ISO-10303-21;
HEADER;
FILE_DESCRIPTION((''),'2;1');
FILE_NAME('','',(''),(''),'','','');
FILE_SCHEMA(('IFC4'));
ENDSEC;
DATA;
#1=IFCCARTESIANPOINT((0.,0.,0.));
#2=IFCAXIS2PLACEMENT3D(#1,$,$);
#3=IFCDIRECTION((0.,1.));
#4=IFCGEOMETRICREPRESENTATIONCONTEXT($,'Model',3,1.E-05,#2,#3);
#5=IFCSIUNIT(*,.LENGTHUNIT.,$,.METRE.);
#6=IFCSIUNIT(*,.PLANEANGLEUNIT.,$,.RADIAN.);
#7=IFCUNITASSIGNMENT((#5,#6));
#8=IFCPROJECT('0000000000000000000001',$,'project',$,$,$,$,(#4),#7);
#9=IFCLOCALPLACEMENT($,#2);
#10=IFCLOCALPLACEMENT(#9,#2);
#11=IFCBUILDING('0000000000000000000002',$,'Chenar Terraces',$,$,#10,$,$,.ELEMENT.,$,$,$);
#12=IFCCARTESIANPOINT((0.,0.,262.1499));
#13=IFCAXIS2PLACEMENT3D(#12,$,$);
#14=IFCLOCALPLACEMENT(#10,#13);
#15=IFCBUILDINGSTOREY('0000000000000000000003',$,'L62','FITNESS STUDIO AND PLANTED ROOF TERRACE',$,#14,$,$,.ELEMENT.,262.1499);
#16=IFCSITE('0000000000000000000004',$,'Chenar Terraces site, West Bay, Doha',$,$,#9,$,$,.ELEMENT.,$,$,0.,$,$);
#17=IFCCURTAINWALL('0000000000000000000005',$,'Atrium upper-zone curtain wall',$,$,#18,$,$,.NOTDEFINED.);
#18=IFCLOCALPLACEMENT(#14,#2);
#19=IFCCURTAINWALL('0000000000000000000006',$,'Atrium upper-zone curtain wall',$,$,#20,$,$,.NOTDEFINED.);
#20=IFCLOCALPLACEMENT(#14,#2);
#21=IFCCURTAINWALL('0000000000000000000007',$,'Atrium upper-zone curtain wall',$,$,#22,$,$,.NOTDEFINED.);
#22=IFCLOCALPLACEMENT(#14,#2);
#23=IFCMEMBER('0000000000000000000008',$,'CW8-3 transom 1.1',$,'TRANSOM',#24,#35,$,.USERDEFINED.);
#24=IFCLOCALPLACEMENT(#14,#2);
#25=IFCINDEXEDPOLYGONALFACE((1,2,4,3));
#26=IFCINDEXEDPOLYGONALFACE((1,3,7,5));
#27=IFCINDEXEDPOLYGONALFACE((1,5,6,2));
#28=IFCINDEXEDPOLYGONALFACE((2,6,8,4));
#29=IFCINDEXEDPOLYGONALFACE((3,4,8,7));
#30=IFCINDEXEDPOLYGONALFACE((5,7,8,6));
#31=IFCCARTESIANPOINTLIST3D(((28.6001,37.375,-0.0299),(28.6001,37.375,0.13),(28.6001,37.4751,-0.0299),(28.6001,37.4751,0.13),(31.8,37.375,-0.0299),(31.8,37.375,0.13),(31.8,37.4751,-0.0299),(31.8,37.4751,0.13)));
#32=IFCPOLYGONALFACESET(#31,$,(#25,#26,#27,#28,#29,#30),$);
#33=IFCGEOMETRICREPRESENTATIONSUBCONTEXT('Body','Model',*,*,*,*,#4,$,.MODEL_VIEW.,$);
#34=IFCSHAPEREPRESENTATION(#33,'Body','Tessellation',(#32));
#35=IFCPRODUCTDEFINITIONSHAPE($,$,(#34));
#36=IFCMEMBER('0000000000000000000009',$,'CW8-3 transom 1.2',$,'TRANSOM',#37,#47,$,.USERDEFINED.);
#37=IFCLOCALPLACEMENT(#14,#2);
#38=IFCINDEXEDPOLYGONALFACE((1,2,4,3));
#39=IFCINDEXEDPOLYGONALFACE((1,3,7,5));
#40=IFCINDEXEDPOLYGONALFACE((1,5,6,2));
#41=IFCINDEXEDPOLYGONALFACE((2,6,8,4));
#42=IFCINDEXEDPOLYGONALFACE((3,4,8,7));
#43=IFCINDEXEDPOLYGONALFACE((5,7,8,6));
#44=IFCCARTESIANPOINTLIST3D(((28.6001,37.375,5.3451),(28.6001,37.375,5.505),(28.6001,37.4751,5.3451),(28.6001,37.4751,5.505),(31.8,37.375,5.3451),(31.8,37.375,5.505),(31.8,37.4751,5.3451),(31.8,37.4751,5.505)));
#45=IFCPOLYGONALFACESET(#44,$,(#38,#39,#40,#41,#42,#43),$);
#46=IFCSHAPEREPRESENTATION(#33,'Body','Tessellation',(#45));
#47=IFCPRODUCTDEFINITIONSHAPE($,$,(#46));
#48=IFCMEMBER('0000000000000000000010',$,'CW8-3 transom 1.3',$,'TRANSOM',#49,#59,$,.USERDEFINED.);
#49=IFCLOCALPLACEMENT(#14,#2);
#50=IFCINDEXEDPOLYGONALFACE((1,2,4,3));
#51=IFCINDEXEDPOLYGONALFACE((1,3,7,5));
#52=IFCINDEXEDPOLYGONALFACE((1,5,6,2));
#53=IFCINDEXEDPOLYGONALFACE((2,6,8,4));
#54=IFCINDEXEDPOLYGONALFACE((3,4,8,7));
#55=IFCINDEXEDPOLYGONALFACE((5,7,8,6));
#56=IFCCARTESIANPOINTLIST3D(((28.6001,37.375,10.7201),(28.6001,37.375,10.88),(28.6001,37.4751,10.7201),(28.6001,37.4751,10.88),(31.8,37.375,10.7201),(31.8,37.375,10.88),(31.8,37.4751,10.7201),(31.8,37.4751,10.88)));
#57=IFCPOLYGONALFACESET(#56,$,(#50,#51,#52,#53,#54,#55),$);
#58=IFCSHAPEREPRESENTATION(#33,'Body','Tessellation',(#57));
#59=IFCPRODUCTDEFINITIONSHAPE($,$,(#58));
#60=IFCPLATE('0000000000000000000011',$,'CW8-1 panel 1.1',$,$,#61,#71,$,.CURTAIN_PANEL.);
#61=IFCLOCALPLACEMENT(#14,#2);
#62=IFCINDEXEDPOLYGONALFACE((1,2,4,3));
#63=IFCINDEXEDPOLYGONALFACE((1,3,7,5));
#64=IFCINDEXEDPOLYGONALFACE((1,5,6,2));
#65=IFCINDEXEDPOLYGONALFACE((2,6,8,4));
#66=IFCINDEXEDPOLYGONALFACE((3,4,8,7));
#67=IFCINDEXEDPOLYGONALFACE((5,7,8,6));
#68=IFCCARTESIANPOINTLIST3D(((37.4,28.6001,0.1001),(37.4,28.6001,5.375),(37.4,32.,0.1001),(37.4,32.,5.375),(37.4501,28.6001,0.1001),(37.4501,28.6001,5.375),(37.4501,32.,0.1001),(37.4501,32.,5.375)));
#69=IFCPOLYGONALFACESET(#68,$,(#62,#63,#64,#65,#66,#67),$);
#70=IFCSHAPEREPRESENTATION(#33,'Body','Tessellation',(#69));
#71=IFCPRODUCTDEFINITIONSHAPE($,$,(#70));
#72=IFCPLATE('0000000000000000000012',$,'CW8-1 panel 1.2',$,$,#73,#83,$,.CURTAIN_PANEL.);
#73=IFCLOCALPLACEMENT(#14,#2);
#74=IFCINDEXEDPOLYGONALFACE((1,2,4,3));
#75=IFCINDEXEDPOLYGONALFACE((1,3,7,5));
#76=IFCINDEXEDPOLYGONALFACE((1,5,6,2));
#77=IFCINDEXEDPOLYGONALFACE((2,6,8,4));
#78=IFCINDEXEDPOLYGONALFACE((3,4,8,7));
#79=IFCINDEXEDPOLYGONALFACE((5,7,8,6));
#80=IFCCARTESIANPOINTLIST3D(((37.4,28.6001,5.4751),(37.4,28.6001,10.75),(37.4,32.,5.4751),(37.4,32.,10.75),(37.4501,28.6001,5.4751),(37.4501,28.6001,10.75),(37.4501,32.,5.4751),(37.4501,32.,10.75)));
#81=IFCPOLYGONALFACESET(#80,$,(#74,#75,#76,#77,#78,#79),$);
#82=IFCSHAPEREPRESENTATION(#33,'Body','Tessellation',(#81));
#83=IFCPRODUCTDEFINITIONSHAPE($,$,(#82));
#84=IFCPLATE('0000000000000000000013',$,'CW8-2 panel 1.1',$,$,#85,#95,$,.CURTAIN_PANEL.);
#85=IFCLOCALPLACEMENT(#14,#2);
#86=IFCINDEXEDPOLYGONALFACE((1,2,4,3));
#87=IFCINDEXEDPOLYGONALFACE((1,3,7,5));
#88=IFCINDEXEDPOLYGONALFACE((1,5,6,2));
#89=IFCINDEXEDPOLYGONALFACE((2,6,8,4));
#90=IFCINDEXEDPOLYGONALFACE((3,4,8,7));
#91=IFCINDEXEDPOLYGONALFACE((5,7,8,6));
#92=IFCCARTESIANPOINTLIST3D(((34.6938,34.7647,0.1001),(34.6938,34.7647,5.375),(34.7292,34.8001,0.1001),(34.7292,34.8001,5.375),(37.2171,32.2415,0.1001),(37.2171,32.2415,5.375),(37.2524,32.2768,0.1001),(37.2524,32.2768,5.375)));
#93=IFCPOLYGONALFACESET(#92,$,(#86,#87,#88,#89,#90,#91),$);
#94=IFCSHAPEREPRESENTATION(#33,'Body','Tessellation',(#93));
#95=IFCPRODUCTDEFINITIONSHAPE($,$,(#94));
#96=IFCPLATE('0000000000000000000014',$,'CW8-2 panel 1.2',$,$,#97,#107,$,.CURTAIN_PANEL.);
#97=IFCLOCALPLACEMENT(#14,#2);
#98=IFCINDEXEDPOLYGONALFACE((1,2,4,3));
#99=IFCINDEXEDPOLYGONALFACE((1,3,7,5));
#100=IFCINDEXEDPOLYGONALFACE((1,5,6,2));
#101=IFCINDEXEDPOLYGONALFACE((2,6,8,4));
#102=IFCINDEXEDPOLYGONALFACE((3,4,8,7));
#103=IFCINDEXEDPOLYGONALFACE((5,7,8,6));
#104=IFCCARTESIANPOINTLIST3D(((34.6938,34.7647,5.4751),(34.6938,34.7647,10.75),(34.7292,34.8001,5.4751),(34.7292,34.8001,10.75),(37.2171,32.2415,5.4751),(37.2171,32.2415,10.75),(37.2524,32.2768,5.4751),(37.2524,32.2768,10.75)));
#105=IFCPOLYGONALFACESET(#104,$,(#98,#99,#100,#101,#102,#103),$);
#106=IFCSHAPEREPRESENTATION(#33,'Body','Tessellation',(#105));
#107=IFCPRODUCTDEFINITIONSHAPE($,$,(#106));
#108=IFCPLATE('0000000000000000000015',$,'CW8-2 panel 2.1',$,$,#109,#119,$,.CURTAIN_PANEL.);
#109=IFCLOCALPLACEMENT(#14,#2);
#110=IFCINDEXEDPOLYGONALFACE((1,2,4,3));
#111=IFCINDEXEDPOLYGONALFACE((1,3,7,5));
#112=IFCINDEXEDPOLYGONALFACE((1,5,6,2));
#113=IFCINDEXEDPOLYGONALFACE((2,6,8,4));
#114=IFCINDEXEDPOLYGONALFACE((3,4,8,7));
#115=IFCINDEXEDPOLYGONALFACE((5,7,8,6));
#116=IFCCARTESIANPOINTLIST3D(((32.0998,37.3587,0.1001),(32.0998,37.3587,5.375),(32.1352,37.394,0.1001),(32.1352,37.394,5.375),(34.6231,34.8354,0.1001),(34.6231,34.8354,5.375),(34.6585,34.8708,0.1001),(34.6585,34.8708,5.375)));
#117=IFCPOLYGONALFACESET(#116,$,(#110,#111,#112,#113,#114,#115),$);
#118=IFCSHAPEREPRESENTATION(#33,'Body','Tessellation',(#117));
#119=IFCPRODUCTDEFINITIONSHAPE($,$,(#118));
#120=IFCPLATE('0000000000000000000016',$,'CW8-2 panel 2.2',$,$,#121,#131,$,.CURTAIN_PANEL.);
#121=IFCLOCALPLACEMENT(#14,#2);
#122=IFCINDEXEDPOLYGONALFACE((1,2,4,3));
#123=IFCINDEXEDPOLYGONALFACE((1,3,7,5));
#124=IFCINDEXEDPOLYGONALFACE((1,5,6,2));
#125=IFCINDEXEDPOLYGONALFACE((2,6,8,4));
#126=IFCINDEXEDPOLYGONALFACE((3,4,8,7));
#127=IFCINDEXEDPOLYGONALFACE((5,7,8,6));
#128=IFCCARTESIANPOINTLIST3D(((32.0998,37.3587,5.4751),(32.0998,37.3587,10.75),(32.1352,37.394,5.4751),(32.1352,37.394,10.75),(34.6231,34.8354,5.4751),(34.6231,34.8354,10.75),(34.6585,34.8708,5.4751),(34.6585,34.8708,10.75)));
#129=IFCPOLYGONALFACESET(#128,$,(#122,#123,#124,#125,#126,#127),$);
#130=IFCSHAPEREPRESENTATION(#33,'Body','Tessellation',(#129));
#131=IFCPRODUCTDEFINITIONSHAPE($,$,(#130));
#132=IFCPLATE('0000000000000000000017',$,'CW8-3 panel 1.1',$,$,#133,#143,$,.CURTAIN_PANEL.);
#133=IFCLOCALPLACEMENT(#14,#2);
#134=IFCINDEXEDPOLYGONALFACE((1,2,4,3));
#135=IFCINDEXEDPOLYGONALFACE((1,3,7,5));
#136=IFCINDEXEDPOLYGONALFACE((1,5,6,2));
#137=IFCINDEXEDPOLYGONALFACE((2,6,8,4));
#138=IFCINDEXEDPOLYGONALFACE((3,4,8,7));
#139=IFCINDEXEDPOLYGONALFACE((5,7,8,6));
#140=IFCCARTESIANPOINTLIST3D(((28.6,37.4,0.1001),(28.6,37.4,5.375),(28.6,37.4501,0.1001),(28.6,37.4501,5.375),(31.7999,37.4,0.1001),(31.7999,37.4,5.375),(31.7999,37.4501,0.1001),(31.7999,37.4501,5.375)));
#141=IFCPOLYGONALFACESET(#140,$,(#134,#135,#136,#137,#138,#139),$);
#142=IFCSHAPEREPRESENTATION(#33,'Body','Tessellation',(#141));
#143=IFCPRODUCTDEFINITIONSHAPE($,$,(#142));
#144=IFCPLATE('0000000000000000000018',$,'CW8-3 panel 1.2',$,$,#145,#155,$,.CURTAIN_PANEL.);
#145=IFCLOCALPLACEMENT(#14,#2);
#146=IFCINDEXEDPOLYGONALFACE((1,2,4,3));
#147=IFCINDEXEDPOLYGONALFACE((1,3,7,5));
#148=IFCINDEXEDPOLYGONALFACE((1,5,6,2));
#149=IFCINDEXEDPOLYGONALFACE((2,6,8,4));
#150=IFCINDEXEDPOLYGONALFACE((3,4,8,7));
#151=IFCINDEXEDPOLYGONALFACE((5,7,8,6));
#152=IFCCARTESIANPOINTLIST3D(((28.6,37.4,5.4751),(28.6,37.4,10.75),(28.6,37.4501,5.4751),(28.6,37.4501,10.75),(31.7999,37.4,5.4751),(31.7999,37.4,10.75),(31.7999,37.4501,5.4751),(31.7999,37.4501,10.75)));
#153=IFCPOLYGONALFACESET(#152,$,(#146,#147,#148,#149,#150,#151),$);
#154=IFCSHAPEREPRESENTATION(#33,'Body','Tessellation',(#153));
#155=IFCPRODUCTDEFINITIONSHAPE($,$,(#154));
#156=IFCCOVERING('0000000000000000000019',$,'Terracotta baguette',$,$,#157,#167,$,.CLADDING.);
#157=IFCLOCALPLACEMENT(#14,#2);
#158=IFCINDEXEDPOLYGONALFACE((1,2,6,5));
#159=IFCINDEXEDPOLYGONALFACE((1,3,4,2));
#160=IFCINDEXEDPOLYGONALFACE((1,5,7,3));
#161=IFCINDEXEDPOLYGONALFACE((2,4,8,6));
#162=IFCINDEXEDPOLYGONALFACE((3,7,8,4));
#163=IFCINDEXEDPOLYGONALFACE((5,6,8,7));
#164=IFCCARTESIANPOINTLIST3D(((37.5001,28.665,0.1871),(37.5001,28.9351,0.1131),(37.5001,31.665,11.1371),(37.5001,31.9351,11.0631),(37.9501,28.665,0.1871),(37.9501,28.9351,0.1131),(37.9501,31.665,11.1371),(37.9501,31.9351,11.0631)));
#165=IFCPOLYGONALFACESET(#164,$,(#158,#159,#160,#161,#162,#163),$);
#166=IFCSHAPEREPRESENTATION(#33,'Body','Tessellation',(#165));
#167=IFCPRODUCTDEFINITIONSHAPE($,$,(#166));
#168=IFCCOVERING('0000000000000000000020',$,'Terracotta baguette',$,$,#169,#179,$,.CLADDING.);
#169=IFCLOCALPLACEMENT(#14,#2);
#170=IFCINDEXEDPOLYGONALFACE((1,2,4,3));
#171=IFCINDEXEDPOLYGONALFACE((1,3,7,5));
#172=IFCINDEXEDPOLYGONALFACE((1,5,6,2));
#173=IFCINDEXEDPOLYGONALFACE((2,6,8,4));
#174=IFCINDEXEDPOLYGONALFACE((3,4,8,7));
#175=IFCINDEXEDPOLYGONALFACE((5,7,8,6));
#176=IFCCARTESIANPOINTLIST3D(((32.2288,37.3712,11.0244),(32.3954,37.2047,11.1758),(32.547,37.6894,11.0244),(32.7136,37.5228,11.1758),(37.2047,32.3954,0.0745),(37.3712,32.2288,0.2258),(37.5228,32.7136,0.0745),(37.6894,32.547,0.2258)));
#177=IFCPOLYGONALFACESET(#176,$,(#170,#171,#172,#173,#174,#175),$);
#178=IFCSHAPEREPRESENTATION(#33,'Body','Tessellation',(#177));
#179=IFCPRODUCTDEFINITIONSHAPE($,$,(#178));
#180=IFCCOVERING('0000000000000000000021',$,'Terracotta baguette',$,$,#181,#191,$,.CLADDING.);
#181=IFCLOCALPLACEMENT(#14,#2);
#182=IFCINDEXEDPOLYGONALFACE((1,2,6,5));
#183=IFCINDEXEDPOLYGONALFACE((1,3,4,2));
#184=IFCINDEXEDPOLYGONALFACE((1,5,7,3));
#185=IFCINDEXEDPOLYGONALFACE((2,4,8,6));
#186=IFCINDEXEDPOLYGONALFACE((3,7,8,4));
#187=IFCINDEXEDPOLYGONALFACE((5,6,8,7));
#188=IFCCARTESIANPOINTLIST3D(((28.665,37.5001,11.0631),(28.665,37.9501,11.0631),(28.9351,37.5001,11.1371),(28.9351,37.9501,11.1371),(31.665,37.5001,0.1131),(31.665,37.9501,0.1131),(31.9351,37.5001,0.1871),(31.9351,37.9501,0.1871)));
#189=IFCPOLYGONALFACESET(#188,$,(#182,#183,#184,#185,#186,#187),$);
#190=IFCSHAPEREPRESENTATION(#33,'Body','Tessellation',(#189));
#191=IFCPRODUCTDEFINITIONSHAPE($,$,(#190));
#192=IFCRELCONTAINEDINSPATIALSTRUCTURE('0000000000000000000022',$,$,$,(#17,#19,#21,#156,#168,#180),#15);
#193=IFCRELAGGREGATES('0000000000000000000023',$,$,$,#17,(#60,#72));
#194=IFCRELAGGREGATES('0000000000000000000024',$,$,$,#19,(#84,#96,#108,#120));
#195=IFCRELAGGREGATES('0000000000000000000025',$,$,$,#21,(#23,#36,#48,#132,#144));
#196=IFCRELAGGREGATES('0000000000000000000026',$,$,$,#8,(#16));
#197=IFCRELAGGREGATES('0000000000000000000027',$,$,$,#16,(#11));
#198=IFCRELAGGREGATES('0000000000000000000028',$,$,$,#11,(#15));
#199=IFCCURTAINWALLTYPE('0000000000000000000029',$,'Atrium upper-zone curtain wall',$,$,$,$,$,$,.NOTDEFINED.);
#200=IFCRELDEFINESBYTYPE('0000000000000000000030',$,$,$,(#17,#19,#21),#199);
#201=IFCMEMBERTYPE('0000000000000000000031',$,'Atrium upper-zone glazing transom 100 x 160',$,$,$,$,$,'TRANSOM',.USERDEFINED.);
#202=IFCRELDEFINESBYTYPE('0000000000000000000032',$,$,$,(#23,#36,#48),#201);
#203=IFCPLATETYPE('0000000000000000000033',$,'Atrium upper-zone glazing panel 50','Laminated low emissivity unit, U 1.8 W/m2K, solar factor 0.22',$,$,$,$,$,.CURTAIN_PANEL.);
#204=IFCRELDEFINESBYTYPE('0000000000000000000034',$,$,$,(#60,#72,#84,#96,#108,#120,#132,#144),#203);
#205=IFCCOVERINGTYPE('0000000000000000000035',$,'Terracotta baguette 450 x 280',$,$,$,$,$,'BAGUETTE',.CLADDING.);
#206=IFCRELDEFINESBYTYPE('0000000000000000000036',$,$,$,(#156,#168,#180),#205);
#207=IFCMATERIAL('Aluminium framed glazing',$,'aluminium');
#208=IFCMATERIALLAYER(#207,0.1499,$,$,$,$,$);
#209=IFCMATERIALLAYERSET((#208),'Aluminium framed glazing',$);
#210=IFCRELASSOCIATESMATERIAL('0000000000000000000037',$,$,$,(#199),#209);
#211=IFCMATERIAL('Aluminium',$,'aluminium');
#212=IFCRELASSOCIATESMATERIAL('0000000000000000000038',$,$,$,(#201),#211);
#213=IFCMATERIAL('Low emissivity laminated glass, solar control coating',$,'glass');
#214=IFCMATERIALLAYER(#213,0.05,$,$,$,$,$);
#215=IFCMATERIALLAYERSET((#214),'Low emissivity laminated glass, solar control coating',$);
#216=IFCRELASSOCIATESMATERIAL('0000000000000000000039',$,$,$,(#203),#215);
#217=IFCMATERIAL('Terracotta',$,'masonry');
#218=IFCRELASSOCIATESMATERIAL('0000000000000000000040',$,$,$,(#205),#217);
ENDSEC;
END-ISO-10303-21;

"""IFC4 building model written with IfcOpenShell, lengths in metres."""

from ifc_helpers import new_model, si_unit, direction, frame, origin, origin_2d, place, context, subcontext, project, spatial, rectangle, extrude, material, layer, layer_set, material_profile, profile_set, type_object, element, aggregate, save


model = new_model("IFC4")

# Units and contexts
model_context = context("Model", 3, precision=1e-05, world=origin(), true_north=direction((0.0, 1.0)))
body_context = subcontext(model_context, "Body", "Model", "MODEL_VIEW")
ifc_project = project(units=[si_unit("LENGTHUNIT", "METRE"), si_unit("PLANEANGLEUNIT", "RADIAN")], contexts=[model_context])

# Site, building, storey
site_placement = place(None, origin())
site = spatial("IfcSite", under=ifc_project, at=site_placement, Name="Chenar Terraces site, West Bay, Doha", CompositionType="ELEMENT", RefElevation=0.0)
building_placement = place(site_placement, origin())
building = spatial("IfcBuilding", under=site, at=building_placement, Name="Chenar Terraces", CompositionType="ELEMENT")
storey_placement = place(building_placement, frame((0.0, 0.0, 262.1499)))
storey = spatial("IfcBuildingStorey", under=building, at=storey_placement, Name="L62", Description="FITNESS STUDIO AND PLANTED ROOF TERRACE", CompositionType="ELEMENT", Elevation=262.1499)

# Curtain wall
ifc_material_1 = material(Name="Aluminium framed glazing", Category="aluminium")
ifc_layer_1 = layer(ifc_material_1, 0.1499)
ifc_layer_set_1 = layer_set([ifc_layer_1], Name="Aluminium framed glazing")
curtain_wall_type = type_object("IfcCurtainWallType", Name="Atrium upper-zone curtain wall", PredefinedType="NOTDEFINED", material=ifc_layer_set_1)
placement = place(storey_placement, origin())
curtain_wall_1 = element("IfcCurtainWall", 1, at=placement, inside=storey, type_object=curtain_wall_type, Name="Atrium upper-zone curtain wall", PredefinedType="NOTDEFINED")

# Curtain walls
curtain_wall_2 = element("IfcCurtainWall", 2, at=placement, inside=storey, type_object=curtain_wall_type, Name="Atrium upper-zone curtain wall", PredefinedType="NOTDEFINED")
curtain_wall_3 = element("IfcCurtainWall", 3, at=placement, inside=storey, type_object=curtain_wall_type, Name="Atrium upper-zone curtain wall", PredefinedType="NOTDEFINED")

# Members
ifc_material_2 = material(Name="Aluminium", Category="aluminium")
ifc_material_profile_1 = material_profile(ifc_material_2, rectangle(XDim=0.1001, YDim=0.1599, at=origin_2d()), Name="Atrium upper-zone glazing transom 100 x 160")
ifc_profile_set_1 = profile_set([ifc_material_profile_1], Name="Aluminium")
member_type_1 = type_object("IfcMemberType", Name="Atrium upper-zone glazing transom 100 x 160", ElementType="TRANSOM", PredefinedType="USERDEFINED", material=ifc_profile_set_1)
member_1_placement = place(storey_placement, frame((31.8, 37.425, 0.05), z_axis=(-1.0, 0.0, 0.0), x_axis=(0.0, -1.0, 0.0)))
member_1 = element("IfcMember", 4, at=member_1_placement, type_object=member_type_1, Name="CW8-3 transom 1.1", ObjectType="TRANSOM", PredefinedType="USERDEFINED", context=body_context, shape_type="SweptSolid", body=[
    extrude(rectangle(XDim=0.1001, YDim=0.1599, at=origin_2d()), origin(), (0.0, 0.0, 1.0), 3.2),
])
member_2_placement = place(storey_placement, frame((31.8, 37.425, 5.425), z_axis=(-1.0, 0.0, 0.0), x_axis=(0.0, -1.0, 0.0)))
member_2 = element("IfcMember", 5, at=member_2_placement, type_object=member_type_1, Name="CW8-3 transom 1.2", ObjectType="TRANSOM", PredefinedType="USERDEFINED", context=body_context, shape_type="SweptSolid", body=[
    extrude(rectangle(XDim=0.1001, YDim=0.1599, at=origin_2d()), origin(), (0.0, 0.0, 1.0), 3.2),
])
member_3_placement = place(storey_placement, frame((31.8, 37.425, 10.8), z_axis=(-1.0, 0.0, 0.0), x_axis=(0.0, -1.0, 0.0)))
member_3 = element("IfcMember", 6, at=member_3_placement, type_object=member_type_1, Name="CW8-3 transom 1.3", ObjectType="TRANSOM", PredefinedType="USERDEFINED", context=body_context, shape_type="SweptSolid", body=[
    extrude(rectangle(XDim=0.1001, YDim=0.1599, at=origin_2d()), origin(), (0.0, 0.0, 1.0), 3.2),
])

# Plates
ifc_material_3 = material(Name="Low emissivity laminated glass, solar control coating", Category="glass")
ifc_layer_2 = layer(ifc_material_3, 0.05)
ifc_layer_set_2 = layer_set([ifc_layer_2], Name="Low emissivity laminated glass, solar control coating")
plate_type = type_object("IfcPlateType", Name="Atrium upper-zone glazing panel 50", Description="Laminated low emissivity unit, U 1.8 W/m2K, solar factor 0.22", PredefinedType="CURTAIN_PANEL", material=ifc_layer_set_2)
plate_1_placement = place(storey_placement, frame((37.425, 30.3, 0.1001), z_axis=(0.0, 0.0, 1.0), x_axis=(0.0, 1.0, 0.0)))
plate_1 = element("IfcPlate", 7, at=plate_1_placement, type_object=plate_type, Name="CW8-1 panel 1.1", PredefinedType="CURTAIN_PANEL", context=body_context, shape_type="SweptSolid", body=[
    extrude(rectangle(XDim=3.3999, YDim=0.05, at=origin_2d()), origin(), (0.0, 0.0, 1.0), 5.2749),
])
plate_2_placement = place(storey_placement, frame((37.425, 30.3, 5.4751), z_axis=(0.0, 0.0, 1.0), x_axis=(0.0, 1.0, 0.0)))
plate_2 = element("IfcPlate", 8, at=plate_2_placement, type_object=plate_type, Name="CW8-1 panel 1.2", PredefinedType="CURTAIN_PANEL", context=body_context, shape_type="SweptSolid", body=[
    extrude(rectangle(XDim=3.3999, YDim=0.05, at=origin_2d()), origin(), (0.0, 0.0, 1.0), 5.2749),
])
aggregate(curtain_wall_1, [plate_1, plate_2])
plate_3_placement = place(storey_placement, frame((35.9731, 33.5208, 0.1001), z_axis=(0.0, 0.0, 1.0), x_axis=(-0.707107, 0.707107, 0.0)))
plate_3 = element("IfcPlate", 9, at=plate_3_placement, type_object=plate_type, Name="CW8-2 panel 1.1", PredefinedType="CURTAIN_PANEL", context=body_context, shape_type="SweptSolid", body=[
    extrude(rectangle(XDim=3.5684, YDim=0.05, at=origin_2d()), origin(), (0.0, 0.0, 1.0), 5.2749),
])
plate_4_placement = place(storey_placement, frame((35.9731, 33.5208, 5.4751), z_axis=(0.0, 0.0, 1.0), x_axis=(-0.707107, 0.707107, 0.0)))
plate_4 = element("IfcPlate", 10, at=plate_4_placement, type_object=plate_type, Name="CW8-2 panel 1.2", PredefinedType="CURTAIN_PANEL", context=body_context, shape_type="SweptSolid", body=[
    extrude(rectangle(XDim=3.5684, YDim=0.05, at=origin_2d()), origin(), (0.0, 0.0, 1.0), 5.2749),
])
plate_5_placement = place(storey_placement, frame((33.3792, 36.1147, 0.1001), z_axis=(0.0, 0.0, 1.0), x_axis=(-0.707107, 0.707107, 0.0)))
plate_5 = element("IfcPlate", 11, at=plate_5_placement, type_object=plate_type, Name="CW8-2 panel 2.1", PredefinedType="CURTAIN_PANEL", context=body_context, shape_type="SweptSolid", body=[
    extrude(rectangle(XDim=3.5684, YDim=0.05, at=origin_2d()), origin(), (0.0, 0.0, 1.0), 5.2749),
])
plate_6_placement = place(storey_placement, frame((33.3792, 36.1147, 5.4751), z_axis=(0.0, 0.0, 1.0), x_axis=(-0.707107, 0.707107, 0.0)))
plate_6 = element("IfcPlate", 12, at=plate_6_placement, type_object=plate_type, Name="CW8-2 panel 2.2", PredefinedType="CURTAIN_PANEL", context=body_context, shape_type="SweptSolid", body=[
    extrude(rectangle(XDim=3.5684, YDim=0.05, at=origin_2d()), origin(), (0.0, 0.0, 1.0), 5.2749),
])
aggregate(curtain_wall_2, [plate_3, plate_4, plate_5, plate_6])
plate_7_placement = place(storey_placement, frame((30.2, 37.425, 0.1001), z_axis=(0.0, 0.0, 1.0), x_axis=(-1.0, 0.0, 0.0)))
plate_7 = element("IfcPlate", 13, at=plate_7_placement, type_object=plate_type, Name="CW8-3 panel 1.1", PredefinedType="CURTAIN_PANEL", context=body_context, shape_type="SweptSolid", body=[
    extrude(rectangle(XDim=3.2, YDim=0.05, at=origin_2d()), origin(), (0.0, 0.0, 1.0), 5.2749),
])
plate_8_placement = place(storey_placement, frame((30.2, 37.425, 5.4751), z_axis=(0.0, 0.0, 1.0), x_axis=(-1.0, 0.0, 0.0)))
plate_8 = element("IfcPlate", 14, at=plate_8_placement, type_object=plate_type, Name="CW8-3 panel 1.2", PredefinedType="CURTAIN_PANEL", context=body_context, shape_type="SweptSolid", body=[
    extrude(rectangle(XDim=3.2, YDim=0.05, at=origin_2d()), origin(), (0.0, 0.0, 1.0), 5.2749),
])
aggregate(curtain_wall_3, [member_1, member_2, member_3, plate_7, plate_8])

# Coverings
ifc_material_4 = material(Name="Terracotta", Category="masonry")
ifc_material_profile_2 = material_profile(ifc_material_4, rectangle(XDim=0.45, YDim=0.28, at=origin_2d()), Name="Terracotta baguette 450 x 280")
ifc_profile_set_2 = profile_set([ifc_material_profile_2], Name="Terracotta")
covering_type = type_object("IfcCoveringType", Name="Terracotta baguette 450 x 280", ElementType="BAGUETTE", PredefinedType="CLADDING", material=ifc_profile_set_2)
covering_1_placement = place(storey_placement, frame((37.7251, 28.8, 0.1501), z_axis=(0.0, 0.264236, 0.964458), x_axis=(-1.0, 0.0, 0.0)))
element("IfcCovering", 15, at=covering_1_placement, inside=storey, type_object=covering_type, Name="Terracotta baguette", PredefinedType="CLADDING", context=body_context, shape_type="SweptSolid", body=[
    extrude(rectangle(XDim=0.45, YDim=0.28, at=origin_2d()), origin(), (0.0, 0.0, 1.0), 11.3535),
])
covering_2_placement = place(storey_placement, frame((37.447, 32.4712, 0.1501), z_axis=(-0.382282, 0.382282, 0.841261), x_axis=(-0.707107, -0.707107, 0.0)))
element("IfcCovering", 16, at=covering_2_placement, inside=storey, type_object=covering_type, Name="Terracotta baguette", PredefinedType="CLADDING", context=body_context, shape_type="SweptSolid", body=[
    extrude(rectangle(XDim=0.45, YDim=0.28, at=origin_2d()), origin(), (0.0, 0.0, 1.0), 13.0161),
])
covering_3_placement = place(storey_placement, frame((31.8, 37.7251, 0.1501), z_axis=(-0.264236, 0.0, 0.964458), x_axis=(0.0, -1.0, 0.0)))
element("IfcCovering", 17, at=covering_3_placement, inside=storey, type_object=covering_type, Name="Terracotta baguette", PredefinedType="CLADDING", context=body_context, shape_type="SweptSolid", body=[
    extrude(rectangle(XDim=0.45, YDim=0.28, at=origin_2d()), origin(), (0.0, 0.0, 1.0), 11.3535),
])

save(model, "model.ifc")
